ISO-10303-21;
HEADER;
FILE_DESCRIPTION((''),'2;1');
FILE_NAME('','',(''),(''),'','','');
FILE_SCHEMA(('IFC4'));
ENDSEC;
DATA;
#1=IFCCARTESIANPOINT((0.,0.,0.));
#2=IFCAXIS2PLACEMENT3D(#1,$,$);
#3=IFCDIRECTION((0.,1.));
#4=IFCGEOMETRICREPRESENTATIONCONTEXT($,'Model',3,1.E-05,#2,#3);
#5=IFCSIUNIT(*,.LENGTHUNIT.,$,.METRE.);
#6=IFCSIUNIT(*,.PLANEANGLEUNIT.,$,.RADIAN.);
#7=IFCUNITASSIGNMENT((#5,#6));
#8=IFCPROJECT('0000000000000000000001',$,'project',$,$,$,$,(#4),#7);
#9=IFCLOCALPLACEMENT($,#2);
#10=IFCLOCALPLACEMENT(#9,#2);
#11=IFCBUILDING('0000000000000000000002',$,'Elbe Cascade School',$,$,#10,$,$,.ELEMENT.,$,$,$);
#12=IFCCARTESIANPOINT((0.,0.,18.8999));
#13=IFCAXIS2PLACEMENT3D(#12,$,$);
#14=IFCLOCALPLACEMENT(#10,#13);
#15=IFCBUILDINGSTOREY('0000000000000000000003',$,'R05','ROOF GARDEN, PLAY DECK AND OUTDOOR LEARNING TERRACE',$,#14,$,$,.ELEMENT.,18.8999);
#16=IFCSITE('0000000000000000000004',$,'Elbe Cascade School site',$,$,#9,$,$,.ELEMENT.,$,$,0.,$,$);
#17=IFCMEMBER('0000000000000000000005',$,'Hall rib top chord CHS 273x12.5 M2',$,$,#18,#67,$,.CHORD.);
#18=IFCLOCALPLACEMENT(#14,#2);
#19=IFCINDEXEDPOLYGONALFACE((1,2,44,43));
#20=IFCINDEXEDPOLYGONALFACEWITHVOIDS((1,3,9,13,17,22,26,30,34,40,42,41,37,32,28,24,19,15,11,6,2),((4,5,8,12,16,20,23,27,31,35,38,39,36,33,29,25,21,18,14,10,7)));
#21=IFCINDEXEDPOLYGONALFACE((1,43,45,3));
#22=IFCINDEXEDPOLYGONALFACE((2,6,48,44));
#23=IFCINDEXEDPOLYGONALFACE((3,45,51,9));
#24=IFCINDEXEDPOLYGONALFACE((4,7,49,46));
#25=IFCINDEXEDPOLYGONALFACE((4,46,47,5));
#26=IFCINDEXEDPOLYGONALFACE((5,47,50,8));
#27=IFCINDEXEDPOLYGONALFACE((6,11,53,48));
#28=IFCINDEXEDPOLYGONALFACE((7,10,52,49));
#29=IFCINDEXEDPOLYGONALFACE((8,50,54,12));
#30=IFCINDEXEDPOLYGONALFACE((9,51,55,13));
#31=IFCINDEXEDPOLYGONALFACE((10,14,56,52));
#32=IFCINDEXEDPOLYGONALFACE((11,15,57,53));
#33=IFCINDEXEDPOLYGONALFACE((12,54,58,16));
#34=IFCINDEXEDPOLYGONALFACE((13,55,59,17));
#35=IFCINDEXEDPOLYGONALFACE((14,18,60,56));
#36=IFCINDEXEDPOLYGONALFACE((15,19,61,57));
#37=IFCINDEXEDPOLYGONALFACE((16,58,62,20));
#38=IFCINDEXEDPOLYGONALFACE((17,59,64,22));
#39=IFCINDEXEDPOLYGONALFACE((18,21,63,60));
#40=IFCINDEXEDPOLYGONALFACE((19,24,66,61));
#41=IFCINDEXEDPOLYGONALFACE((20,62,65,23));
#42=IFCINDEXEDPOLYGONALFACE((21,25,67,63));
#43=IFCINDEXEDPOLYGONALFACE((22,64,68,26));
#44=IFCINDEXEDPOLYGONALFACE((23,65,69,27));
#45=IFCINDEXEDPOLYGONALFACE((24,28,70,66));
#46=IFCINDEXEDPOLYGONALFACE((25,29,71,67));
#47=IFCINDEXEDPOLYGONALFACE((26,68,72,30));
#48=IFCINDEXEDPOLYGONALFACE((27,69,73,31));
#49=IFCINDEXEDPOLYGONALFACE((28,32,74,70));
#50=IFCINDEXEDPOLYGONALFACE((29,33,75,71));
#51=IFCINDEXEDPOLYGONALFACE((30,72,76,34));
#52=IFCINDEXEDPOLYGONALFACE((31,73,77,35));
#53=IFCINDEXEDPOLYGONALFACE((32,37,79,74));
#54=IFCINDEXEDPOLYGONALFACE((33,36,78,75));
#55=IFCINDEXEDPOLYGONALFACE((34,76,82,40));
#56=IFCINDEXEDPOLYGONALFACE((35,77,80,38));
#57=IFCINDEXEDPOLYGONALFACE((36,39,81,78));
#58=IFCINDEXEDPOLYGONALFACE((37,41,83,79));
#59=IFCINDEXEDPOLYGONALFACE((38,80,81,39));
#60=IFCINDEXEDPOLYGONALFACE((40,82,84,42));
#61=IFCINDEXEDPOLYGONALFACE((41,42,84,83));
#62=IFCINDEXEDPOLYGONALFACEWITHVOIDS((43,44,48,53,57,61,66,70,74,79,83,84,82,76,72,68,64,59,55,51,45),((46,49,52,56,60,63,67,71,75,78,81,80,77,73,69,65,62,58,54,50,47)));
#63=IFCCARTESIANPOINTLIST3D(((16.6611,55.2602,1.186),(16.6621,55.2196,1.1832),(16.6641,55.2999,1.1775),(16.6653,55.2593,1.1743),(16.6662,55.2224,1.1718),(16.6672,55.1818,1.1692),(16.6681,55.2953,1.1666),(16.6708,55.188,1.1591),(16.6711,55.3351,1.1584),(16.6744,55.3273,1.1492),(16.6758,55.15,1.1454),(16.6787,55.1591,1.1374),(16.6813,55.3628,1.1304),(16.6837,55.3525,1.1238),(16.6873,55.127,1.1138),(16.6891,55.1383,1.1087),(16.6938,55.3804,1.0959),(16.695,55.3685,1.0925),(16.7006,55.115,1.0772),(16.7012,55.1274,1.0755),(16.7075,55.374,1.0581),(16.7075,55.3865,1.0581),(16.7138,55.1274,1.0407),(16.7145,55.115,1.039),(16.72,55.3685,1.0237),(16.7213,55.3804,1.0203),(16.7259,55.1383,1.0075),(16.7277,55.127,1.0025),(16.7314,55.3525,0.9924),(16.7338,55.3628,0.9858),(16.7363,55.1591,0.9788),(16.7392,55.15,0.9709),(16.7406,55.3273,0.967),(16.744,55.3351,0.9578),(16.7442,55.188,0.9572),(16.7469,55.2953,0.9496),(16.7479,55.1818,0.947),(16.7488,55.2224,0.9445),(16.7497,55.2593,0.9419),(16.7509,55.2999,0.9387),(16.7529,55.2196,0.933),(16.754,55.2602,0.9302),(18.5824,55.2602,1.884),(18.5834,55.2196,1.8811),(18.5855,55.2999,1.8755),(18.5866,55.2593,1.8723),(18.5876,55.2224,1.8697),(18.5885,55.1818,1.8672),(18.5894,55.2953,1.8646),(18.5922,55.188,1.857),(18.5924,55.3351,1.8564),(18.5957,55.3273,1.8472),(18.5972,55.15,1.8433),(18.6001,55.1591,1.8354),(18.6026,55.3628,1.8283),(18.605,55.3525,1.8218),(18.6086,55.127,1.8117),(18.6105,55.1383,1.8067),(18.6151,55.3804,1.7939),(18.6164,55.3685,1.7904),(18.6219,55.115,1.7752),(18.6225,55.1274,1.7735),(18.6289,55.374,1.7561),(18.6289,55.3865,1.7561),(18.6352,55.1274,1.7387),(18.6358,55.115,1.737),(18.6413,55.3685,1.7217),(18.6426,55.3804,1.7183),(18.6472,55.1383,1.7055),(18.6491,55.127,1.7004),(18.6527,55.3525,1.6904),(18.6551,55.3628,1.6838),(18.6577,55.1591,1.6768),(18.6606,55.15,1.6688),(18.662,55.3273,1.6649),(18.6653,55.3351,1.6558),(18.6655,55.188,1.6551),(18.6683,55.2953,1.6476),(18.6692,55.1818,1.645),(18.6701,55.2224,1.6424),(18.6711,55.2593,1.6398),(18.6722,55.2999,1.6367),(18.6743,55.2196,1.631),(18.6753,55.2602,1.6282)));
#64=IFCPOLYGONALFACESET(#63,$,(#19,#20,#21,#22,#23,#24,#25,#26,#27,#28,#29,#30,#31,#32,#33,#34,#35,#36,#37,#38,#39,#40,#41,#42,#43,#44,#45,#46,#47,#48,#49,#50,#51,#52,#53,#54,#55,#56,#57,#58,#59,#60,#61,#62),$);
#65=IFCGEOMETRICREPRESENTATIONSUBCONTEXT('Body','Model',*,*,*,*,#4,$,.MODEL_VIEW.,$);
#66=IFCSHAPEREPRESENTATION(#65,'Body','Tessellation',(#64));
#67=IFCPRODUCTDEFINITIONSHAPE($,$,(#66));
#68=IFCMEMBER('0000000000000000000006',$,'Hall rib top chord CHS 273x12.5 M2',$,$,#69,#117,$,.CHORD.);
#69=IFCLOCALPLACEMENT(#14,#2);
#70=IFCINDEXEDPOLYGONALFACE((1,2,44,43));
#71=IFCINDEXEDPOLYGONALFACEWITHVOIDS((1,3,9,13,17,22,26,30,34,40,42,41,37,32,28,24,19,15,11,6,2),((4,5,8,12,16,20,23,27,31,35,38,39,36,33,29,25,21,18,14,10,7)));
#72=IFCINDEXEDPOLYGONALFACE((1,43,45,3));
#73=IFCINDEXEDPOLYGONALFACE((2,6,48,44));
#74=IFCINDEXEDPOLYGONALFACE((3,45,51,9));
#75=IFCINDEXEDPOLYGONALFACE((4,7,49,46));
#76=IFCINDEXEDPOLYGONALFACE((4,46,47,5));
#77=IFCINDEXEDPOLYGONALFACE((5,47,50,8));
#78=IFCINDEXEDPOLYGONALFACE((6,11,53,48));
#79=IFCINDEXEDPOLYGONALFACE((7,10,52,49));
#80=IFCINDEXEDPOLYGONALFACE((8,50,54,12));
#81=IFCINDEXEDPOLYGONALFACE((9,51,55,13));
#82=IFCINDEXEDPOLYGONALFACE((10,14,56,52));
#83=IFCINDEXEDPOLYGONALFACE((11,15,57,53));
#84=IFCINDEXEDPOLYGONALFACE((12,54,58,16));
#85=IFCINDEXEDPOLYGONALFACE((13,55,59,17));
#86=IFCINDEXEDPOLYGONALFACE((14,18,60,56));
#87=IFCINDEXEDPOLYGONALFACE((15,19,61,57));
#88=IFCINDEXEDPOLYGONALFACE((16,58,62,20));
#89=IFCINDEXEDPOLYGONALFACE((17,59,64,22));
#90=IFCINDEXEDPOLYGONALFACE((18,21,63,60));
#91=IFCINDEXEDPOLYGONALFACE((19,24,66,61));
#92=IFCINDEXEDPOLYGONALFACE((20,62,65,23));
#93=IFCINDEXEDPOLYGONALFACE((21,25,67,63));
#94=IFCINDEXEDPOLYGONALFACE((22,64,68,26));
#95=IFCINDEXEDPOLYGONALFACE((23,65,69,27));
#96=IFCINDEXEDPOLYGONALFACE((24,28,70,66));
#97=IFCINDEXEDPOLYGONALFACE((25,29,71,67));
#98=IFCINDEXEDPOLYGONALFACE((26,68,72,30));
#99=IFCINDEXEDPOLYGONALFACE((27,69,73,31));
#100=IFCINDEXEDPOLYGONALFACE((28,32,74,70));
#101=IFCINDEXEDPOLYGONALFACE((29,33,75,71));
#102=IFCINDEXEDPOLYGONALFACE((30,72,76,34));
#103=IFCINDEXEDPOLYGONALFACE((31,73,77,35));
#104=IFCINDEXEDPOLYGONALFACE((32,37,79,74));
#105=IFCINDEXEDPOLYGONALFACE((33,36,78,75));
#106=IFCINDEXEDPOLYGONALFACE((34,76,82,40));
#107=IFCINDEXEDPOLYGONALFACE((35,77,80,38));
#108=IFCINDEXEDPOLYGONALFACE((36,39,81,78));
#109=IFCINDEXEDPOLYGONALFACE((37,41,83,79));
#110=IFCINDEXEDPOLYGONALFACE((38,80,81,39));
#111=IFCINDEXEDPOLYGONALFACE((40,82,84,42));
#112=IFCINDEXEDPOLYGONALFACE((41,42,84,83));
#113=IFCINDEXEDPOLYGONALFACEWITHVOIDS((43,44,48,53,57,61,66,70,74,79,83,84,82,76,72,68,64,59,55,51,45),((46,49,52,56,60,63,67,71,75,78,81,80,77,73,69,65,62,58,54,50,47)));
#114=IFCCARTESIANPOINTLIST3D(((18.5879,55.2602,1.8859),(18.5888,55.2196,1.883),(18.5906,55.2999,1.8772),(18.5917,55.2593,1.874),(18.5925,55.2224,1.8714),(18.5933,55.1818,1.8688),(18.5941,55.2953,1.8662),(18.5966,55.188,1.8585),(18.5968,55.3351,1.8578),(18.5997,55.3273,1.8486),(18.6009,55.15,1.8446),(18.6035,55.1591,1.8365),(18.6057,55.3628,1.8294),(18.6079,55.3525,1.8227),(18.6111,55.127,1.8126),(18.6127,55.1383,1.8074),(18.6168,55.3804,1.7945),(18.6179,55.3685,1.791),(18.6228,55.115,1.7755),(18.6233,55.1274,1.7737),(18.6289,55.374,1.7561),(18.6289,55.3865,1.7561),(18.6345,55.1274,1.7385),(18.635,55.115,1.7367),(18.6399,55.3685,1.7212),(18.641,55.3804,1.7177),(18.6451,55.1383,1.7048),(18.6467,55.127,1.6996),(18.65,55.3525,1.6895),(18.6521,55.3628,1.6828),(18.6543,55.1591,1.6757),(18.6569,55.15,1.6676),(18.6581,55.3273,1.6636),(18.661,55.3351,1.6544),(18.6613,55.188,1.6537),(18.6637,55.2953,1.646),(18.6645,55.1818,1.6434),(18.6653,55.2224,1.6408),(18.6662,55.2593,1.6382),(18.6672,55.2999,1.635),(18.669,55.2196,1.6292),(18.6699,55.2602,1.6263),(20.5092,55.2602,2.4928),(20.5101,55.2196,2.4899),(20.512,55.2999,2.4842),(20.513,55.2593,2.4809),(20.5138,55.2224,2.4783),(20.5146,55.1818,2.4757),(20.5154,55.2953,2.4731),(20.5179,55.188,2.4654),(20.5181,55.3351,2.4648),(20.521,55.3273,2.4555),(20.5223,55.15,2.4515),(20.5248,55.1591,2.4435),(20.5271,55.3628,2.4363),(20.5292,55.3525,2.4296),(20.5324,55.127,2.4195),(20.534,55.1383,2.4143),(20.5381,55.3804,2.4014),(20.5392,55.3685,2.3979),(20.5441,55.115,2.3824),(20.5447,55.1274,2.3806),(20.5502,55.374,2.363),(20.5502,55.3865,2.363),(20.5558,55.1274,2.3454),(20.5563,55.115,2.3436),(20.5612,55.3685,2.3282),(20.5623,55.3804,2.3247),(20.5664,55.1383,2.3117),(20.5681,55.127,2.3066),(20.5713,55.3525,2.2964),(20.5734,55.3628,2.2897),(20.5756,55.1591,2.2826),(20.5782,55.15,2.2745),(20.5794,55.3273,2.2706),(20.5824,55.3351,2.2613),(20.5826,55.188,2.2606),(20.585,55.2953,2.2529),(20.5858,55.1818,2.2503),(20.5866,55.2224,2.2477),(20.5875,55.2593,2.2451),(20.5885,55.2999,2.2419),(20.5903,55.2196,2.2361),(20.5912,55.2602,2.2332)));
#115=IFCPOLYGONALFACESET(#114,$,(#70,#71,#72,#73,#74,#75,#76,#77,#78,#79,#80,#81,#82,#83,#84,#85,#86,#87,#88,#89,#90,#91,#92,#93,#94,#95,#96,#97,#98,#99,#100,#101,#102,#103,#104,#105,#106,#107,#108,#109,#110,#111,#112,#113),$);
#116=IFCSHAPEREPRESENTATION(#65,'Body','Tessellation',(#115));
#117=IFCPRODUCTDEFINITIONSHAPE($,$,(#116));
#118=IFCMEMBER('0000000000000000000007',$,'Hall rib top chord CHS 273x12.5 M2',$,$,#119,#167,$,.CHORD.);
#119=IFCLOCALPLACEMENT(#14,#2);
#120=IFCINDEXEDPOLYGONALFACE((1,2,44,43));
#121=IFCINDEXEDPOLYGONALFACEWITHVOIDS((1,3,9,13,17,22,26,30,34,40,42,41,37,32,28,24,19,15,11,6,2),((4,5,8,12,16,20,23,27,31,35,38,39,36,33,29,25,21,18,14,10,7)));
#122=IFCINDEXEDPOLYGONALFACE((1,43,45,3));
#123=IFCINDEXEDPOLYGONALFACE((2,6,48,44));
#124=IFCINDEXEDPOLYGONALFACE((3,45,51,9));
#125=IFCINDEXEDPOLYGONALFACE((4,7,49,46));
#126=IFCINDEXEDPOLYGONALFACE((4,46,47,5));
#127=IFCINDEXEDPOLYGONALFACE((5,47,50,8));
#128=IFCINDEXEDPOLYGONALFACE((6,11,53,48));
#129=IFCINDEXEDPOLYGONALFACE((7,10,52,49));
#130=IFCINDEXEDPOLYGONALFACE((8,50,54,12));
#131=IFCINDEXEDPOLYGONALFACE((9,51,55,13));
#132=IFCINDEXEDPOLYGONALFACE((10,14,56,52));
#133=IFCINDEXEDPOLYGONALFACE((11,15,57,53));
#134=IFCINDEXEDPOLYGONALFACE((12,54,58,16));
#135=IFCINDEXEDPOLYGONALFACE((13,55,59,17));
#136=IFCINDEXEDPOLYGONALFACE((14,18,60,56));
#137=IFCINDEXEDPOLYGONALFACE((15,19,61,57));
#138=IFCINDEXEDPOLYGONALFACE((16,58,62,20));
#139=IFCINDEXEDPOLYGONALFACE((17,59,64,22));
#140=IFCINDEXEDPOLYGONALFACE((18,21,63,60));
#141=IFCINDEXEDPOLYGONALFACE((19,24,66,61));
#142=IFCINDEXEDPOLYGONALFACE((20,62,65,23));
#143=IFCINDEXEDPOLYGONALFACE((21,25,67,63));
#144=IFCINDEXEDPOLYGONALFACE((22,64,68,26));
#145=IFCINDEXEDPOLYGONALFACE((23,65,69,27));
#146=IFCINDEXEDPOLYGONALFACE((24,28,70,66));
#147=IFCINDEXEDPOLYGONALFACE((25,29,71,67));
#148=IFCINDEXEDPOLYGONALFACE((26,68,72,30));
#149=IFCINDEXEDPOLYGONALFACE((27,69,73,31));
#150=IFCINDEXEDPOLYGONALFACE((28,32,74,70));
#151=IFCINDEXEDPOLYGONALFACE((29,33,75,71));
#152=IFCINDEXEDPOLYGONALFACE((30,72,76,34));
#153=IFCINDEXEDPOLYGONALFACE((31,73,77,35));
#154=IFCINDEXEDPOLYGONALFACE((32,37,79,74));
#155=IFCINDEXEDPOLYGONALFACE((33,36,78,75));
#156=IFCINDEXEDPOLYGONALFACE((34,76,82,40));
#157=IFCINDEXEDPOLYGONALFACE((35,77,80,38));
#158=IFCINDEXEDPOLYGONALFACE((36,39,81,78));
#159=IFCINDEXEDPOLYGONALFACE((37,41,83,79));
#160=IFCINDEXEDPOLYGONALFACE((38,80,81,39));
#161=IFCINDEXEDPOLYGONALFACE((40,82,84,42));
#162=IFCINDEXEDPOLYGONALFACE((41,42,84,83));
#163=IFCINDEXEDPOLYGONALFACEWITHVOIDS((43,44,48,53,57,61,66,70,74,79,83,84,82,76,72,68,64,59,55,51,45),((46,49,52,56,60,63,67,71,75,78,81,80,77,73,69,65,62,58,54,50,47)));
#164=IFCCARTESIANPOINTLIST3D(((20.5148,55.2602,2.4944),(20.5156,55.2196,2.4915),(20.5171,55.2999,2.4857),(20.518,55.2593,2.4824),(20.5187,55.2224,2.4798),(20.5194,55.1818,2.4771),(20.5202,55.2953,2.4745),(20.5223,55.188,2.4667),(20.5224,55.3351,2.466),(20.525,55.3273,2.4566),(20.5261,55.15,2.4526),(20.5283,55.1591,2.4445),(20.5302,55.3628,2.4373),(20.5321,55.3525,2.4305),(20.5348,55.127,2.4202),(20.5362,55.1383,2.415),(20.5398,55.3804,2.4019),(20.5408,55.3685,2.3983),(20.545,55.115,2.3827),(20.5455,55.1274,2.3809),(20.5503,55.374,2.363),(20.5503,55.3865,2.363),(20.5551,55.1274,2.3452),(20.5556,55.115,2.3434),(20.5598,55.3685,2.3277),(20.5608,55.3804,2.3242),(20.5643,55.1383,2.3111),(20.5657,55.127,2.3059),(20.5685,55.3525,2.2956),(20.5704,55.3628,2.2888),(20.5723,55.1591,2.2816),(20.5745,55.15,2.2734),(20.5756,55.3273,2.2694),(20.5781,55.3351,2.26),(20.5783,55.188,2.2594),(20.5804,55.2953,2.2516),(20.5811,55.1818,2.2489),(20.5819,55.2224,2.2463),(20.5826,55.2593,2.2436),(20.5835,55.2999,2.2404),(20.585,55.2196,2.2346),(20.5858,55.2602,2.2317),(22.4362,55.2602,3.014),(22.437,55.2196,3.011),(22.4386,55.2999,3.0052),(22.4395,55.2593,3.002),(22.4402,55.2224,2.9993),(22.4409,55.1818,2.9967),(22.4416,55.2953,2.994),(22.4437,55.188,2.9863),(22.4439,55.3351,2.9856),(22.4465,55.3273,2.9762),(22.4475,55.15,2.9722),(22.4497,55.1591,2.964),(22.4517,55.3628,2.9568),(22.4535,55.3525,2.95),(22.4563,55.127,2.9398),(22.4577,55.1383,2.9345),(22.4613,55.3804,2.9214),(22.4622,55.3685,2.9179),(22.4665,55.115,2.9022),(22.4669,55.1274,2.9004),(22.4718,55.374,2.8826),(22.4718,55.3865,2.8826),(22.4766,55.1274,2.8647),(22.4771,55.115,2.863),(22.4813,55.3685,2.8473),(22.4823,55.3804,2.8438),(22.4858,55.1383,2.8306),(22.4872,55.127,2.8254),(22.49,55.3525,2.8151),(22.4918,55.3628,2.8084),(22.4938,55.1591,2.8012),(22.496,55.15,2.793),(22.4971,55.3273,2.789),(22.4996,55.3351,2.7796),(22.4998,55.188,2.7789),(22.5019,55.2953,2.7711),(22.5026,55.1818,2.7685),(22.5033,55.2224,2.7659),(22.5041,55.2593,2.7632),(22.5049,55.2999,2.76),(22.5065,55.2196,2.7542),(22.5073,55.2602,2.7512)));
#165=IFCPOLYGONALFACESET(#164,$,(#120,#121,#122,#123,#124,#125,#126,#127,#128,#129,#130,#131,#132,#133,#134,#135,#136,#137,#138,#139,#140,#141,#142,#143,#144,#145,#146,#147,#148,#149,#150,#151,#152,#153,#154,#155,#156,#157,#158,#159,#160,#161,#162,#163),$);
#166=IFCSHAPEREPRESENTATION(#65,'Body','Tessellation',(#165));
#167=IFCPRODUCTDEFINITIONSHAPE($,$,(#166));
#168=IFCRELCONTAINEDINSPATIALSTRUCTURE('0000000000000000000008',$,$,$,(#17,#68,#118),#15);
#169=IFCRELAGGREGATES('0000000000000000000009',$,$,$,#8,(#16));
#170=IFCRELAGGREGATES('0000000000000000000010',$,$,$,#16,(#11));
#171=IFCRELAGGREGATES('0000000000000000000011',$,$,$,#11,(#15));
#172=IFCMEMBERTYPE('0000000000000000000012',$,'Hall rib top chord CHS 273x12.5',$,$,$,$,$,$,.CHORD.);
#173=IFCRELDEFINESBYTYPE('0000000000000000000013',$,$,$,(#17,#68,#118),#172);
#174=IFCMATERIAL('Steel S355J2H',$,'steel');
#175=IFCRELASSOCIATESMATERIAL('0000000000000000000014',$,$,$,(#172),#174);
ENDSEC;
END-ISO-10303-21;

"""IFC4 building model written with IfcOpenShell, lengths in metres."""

from ifc_helpers import new_model, si_unit, direction, frame, origin, origin_2d, place, context, subcontext, project, spatial, hollow_circle, extrude, material, material_profile, profile_set, type_object, element, save


model = new_model("IFC4")

# Units and contexts
model_context = context("Model", 3, precision=1e-05, world=origin(), true_north=direction((0.0, 1.0)))
body_context = subcontext(model_context, "Body", "Model", "MODEL_VIEW")
ifc_project = project(units=[si_unit("LENGTHUNIT", "METRE"), si_unit("PLANEANGLEUNIT", "RADIAN")], contexts=[model_context])

# Site, building, storey
site_placement = place(None, origin())
site = spatial("IfcSite", under=ifc_project, at=site_placement, Name="Elbe Cascade School site", CompositionType="ELEMENT", RefElevation=0.0)
building_placement = place(site_placement, origin())
building = spatial("IfcBuilding", under=site, at=building_placement, Name="Elbe Cascade School", CompositionType="ELEMENT")
storey_placement = place(building_placement, frame((0.0, 0.0, 18.8999)))
storey = spatial("IfcBuildingStorey", under=building, at=storey_placement, Name="R05", Description="ROOF GARDEN, PLAY DECK AND OUTDOOR LEARNING TERRACE", CompositionType="ELEMENT", Elevation=18.8999)

# Members
ifc_material_1 = material(Name="Steel S355J2H", Category="steel")
ifc_material_profile_1 = material_profile(ifc_material_1, hollow_circle(Radius=0.1365, WallThickness=0.0125, at=origin_2d()), Name="CHS 273x12.5")
ifc_profile_set_1 = profile_set([ifc_material_profile_1], Name="Steel S355J2H")
member_type_1 = type_object("IfcMemberType", Name="Hall rib top chord CHS 273x12.5", PredefinedType="CHORD", material=ifc_profile_set_1)
member_1_placement = place(storey_placement, frame((16.7075, 55.25, 1.0581), z_axis=(0.939901, 0.0, 0.341446), x_axis=(0.0, 1.0, 0.0)))
element("IfcMember", 1, at=member_1_placement, inside=storey, type_object=member_type_1, Name="Hall rib top chord CHS 273x12.5 M2", PredefinedType="CHORD", context=body_context, shape_type="SweptSolid", body=[
    extrude(hollow_circle(Radius=0.1365, WallThickness=0.0125, at=origin_2d()), origin(), (0.0, 0.0, 1.0), 2.0442),
])
member_2_placement = place(storey_placement, frame((18.6289, 55.25, 1.7561), z_axis=(0.953557, 0.0, 0.301213), x_axis=(0.0, 1.0, 0.0)))
element("IfcMember", 2, at=member_2_placement, inside=storey, type_object=member_type_1, Name="Hall rib top chord CHS 273x12.5 M2", PredefinedType="CHORD", context=body_context, shape_type="SweptSolid", body=[
    extrude(hollow_circle(Radius=0.1365, WallThickness=0.0125, at=origin_2d()), origin(), (0.0, 0.0, 1.0), 2.0149),
])
member_3_placement = place(storey_placement, frame((20.5503, 55.25, 2.363), z_axis=(0.965333, 0.0, 0.26102), x_axis=(0.0, 1.0, 0.0)))
element("IfcMember", 3, at=member_3_placement, inside=storey, type_object=member_type_1, Name="Hall rib top chord CHS 273x12.5 M2", PredefinedType="CHORD", context=body_context, shape_type="SweptSolid", body=[
    extrude(hollow_circle(Radius=0.1365, WallThickness=0.0125, at=origin_2d()), origin(), (0.0, 0.0, 1.0), 1.9905),
])

save(model, "model.ifc")
